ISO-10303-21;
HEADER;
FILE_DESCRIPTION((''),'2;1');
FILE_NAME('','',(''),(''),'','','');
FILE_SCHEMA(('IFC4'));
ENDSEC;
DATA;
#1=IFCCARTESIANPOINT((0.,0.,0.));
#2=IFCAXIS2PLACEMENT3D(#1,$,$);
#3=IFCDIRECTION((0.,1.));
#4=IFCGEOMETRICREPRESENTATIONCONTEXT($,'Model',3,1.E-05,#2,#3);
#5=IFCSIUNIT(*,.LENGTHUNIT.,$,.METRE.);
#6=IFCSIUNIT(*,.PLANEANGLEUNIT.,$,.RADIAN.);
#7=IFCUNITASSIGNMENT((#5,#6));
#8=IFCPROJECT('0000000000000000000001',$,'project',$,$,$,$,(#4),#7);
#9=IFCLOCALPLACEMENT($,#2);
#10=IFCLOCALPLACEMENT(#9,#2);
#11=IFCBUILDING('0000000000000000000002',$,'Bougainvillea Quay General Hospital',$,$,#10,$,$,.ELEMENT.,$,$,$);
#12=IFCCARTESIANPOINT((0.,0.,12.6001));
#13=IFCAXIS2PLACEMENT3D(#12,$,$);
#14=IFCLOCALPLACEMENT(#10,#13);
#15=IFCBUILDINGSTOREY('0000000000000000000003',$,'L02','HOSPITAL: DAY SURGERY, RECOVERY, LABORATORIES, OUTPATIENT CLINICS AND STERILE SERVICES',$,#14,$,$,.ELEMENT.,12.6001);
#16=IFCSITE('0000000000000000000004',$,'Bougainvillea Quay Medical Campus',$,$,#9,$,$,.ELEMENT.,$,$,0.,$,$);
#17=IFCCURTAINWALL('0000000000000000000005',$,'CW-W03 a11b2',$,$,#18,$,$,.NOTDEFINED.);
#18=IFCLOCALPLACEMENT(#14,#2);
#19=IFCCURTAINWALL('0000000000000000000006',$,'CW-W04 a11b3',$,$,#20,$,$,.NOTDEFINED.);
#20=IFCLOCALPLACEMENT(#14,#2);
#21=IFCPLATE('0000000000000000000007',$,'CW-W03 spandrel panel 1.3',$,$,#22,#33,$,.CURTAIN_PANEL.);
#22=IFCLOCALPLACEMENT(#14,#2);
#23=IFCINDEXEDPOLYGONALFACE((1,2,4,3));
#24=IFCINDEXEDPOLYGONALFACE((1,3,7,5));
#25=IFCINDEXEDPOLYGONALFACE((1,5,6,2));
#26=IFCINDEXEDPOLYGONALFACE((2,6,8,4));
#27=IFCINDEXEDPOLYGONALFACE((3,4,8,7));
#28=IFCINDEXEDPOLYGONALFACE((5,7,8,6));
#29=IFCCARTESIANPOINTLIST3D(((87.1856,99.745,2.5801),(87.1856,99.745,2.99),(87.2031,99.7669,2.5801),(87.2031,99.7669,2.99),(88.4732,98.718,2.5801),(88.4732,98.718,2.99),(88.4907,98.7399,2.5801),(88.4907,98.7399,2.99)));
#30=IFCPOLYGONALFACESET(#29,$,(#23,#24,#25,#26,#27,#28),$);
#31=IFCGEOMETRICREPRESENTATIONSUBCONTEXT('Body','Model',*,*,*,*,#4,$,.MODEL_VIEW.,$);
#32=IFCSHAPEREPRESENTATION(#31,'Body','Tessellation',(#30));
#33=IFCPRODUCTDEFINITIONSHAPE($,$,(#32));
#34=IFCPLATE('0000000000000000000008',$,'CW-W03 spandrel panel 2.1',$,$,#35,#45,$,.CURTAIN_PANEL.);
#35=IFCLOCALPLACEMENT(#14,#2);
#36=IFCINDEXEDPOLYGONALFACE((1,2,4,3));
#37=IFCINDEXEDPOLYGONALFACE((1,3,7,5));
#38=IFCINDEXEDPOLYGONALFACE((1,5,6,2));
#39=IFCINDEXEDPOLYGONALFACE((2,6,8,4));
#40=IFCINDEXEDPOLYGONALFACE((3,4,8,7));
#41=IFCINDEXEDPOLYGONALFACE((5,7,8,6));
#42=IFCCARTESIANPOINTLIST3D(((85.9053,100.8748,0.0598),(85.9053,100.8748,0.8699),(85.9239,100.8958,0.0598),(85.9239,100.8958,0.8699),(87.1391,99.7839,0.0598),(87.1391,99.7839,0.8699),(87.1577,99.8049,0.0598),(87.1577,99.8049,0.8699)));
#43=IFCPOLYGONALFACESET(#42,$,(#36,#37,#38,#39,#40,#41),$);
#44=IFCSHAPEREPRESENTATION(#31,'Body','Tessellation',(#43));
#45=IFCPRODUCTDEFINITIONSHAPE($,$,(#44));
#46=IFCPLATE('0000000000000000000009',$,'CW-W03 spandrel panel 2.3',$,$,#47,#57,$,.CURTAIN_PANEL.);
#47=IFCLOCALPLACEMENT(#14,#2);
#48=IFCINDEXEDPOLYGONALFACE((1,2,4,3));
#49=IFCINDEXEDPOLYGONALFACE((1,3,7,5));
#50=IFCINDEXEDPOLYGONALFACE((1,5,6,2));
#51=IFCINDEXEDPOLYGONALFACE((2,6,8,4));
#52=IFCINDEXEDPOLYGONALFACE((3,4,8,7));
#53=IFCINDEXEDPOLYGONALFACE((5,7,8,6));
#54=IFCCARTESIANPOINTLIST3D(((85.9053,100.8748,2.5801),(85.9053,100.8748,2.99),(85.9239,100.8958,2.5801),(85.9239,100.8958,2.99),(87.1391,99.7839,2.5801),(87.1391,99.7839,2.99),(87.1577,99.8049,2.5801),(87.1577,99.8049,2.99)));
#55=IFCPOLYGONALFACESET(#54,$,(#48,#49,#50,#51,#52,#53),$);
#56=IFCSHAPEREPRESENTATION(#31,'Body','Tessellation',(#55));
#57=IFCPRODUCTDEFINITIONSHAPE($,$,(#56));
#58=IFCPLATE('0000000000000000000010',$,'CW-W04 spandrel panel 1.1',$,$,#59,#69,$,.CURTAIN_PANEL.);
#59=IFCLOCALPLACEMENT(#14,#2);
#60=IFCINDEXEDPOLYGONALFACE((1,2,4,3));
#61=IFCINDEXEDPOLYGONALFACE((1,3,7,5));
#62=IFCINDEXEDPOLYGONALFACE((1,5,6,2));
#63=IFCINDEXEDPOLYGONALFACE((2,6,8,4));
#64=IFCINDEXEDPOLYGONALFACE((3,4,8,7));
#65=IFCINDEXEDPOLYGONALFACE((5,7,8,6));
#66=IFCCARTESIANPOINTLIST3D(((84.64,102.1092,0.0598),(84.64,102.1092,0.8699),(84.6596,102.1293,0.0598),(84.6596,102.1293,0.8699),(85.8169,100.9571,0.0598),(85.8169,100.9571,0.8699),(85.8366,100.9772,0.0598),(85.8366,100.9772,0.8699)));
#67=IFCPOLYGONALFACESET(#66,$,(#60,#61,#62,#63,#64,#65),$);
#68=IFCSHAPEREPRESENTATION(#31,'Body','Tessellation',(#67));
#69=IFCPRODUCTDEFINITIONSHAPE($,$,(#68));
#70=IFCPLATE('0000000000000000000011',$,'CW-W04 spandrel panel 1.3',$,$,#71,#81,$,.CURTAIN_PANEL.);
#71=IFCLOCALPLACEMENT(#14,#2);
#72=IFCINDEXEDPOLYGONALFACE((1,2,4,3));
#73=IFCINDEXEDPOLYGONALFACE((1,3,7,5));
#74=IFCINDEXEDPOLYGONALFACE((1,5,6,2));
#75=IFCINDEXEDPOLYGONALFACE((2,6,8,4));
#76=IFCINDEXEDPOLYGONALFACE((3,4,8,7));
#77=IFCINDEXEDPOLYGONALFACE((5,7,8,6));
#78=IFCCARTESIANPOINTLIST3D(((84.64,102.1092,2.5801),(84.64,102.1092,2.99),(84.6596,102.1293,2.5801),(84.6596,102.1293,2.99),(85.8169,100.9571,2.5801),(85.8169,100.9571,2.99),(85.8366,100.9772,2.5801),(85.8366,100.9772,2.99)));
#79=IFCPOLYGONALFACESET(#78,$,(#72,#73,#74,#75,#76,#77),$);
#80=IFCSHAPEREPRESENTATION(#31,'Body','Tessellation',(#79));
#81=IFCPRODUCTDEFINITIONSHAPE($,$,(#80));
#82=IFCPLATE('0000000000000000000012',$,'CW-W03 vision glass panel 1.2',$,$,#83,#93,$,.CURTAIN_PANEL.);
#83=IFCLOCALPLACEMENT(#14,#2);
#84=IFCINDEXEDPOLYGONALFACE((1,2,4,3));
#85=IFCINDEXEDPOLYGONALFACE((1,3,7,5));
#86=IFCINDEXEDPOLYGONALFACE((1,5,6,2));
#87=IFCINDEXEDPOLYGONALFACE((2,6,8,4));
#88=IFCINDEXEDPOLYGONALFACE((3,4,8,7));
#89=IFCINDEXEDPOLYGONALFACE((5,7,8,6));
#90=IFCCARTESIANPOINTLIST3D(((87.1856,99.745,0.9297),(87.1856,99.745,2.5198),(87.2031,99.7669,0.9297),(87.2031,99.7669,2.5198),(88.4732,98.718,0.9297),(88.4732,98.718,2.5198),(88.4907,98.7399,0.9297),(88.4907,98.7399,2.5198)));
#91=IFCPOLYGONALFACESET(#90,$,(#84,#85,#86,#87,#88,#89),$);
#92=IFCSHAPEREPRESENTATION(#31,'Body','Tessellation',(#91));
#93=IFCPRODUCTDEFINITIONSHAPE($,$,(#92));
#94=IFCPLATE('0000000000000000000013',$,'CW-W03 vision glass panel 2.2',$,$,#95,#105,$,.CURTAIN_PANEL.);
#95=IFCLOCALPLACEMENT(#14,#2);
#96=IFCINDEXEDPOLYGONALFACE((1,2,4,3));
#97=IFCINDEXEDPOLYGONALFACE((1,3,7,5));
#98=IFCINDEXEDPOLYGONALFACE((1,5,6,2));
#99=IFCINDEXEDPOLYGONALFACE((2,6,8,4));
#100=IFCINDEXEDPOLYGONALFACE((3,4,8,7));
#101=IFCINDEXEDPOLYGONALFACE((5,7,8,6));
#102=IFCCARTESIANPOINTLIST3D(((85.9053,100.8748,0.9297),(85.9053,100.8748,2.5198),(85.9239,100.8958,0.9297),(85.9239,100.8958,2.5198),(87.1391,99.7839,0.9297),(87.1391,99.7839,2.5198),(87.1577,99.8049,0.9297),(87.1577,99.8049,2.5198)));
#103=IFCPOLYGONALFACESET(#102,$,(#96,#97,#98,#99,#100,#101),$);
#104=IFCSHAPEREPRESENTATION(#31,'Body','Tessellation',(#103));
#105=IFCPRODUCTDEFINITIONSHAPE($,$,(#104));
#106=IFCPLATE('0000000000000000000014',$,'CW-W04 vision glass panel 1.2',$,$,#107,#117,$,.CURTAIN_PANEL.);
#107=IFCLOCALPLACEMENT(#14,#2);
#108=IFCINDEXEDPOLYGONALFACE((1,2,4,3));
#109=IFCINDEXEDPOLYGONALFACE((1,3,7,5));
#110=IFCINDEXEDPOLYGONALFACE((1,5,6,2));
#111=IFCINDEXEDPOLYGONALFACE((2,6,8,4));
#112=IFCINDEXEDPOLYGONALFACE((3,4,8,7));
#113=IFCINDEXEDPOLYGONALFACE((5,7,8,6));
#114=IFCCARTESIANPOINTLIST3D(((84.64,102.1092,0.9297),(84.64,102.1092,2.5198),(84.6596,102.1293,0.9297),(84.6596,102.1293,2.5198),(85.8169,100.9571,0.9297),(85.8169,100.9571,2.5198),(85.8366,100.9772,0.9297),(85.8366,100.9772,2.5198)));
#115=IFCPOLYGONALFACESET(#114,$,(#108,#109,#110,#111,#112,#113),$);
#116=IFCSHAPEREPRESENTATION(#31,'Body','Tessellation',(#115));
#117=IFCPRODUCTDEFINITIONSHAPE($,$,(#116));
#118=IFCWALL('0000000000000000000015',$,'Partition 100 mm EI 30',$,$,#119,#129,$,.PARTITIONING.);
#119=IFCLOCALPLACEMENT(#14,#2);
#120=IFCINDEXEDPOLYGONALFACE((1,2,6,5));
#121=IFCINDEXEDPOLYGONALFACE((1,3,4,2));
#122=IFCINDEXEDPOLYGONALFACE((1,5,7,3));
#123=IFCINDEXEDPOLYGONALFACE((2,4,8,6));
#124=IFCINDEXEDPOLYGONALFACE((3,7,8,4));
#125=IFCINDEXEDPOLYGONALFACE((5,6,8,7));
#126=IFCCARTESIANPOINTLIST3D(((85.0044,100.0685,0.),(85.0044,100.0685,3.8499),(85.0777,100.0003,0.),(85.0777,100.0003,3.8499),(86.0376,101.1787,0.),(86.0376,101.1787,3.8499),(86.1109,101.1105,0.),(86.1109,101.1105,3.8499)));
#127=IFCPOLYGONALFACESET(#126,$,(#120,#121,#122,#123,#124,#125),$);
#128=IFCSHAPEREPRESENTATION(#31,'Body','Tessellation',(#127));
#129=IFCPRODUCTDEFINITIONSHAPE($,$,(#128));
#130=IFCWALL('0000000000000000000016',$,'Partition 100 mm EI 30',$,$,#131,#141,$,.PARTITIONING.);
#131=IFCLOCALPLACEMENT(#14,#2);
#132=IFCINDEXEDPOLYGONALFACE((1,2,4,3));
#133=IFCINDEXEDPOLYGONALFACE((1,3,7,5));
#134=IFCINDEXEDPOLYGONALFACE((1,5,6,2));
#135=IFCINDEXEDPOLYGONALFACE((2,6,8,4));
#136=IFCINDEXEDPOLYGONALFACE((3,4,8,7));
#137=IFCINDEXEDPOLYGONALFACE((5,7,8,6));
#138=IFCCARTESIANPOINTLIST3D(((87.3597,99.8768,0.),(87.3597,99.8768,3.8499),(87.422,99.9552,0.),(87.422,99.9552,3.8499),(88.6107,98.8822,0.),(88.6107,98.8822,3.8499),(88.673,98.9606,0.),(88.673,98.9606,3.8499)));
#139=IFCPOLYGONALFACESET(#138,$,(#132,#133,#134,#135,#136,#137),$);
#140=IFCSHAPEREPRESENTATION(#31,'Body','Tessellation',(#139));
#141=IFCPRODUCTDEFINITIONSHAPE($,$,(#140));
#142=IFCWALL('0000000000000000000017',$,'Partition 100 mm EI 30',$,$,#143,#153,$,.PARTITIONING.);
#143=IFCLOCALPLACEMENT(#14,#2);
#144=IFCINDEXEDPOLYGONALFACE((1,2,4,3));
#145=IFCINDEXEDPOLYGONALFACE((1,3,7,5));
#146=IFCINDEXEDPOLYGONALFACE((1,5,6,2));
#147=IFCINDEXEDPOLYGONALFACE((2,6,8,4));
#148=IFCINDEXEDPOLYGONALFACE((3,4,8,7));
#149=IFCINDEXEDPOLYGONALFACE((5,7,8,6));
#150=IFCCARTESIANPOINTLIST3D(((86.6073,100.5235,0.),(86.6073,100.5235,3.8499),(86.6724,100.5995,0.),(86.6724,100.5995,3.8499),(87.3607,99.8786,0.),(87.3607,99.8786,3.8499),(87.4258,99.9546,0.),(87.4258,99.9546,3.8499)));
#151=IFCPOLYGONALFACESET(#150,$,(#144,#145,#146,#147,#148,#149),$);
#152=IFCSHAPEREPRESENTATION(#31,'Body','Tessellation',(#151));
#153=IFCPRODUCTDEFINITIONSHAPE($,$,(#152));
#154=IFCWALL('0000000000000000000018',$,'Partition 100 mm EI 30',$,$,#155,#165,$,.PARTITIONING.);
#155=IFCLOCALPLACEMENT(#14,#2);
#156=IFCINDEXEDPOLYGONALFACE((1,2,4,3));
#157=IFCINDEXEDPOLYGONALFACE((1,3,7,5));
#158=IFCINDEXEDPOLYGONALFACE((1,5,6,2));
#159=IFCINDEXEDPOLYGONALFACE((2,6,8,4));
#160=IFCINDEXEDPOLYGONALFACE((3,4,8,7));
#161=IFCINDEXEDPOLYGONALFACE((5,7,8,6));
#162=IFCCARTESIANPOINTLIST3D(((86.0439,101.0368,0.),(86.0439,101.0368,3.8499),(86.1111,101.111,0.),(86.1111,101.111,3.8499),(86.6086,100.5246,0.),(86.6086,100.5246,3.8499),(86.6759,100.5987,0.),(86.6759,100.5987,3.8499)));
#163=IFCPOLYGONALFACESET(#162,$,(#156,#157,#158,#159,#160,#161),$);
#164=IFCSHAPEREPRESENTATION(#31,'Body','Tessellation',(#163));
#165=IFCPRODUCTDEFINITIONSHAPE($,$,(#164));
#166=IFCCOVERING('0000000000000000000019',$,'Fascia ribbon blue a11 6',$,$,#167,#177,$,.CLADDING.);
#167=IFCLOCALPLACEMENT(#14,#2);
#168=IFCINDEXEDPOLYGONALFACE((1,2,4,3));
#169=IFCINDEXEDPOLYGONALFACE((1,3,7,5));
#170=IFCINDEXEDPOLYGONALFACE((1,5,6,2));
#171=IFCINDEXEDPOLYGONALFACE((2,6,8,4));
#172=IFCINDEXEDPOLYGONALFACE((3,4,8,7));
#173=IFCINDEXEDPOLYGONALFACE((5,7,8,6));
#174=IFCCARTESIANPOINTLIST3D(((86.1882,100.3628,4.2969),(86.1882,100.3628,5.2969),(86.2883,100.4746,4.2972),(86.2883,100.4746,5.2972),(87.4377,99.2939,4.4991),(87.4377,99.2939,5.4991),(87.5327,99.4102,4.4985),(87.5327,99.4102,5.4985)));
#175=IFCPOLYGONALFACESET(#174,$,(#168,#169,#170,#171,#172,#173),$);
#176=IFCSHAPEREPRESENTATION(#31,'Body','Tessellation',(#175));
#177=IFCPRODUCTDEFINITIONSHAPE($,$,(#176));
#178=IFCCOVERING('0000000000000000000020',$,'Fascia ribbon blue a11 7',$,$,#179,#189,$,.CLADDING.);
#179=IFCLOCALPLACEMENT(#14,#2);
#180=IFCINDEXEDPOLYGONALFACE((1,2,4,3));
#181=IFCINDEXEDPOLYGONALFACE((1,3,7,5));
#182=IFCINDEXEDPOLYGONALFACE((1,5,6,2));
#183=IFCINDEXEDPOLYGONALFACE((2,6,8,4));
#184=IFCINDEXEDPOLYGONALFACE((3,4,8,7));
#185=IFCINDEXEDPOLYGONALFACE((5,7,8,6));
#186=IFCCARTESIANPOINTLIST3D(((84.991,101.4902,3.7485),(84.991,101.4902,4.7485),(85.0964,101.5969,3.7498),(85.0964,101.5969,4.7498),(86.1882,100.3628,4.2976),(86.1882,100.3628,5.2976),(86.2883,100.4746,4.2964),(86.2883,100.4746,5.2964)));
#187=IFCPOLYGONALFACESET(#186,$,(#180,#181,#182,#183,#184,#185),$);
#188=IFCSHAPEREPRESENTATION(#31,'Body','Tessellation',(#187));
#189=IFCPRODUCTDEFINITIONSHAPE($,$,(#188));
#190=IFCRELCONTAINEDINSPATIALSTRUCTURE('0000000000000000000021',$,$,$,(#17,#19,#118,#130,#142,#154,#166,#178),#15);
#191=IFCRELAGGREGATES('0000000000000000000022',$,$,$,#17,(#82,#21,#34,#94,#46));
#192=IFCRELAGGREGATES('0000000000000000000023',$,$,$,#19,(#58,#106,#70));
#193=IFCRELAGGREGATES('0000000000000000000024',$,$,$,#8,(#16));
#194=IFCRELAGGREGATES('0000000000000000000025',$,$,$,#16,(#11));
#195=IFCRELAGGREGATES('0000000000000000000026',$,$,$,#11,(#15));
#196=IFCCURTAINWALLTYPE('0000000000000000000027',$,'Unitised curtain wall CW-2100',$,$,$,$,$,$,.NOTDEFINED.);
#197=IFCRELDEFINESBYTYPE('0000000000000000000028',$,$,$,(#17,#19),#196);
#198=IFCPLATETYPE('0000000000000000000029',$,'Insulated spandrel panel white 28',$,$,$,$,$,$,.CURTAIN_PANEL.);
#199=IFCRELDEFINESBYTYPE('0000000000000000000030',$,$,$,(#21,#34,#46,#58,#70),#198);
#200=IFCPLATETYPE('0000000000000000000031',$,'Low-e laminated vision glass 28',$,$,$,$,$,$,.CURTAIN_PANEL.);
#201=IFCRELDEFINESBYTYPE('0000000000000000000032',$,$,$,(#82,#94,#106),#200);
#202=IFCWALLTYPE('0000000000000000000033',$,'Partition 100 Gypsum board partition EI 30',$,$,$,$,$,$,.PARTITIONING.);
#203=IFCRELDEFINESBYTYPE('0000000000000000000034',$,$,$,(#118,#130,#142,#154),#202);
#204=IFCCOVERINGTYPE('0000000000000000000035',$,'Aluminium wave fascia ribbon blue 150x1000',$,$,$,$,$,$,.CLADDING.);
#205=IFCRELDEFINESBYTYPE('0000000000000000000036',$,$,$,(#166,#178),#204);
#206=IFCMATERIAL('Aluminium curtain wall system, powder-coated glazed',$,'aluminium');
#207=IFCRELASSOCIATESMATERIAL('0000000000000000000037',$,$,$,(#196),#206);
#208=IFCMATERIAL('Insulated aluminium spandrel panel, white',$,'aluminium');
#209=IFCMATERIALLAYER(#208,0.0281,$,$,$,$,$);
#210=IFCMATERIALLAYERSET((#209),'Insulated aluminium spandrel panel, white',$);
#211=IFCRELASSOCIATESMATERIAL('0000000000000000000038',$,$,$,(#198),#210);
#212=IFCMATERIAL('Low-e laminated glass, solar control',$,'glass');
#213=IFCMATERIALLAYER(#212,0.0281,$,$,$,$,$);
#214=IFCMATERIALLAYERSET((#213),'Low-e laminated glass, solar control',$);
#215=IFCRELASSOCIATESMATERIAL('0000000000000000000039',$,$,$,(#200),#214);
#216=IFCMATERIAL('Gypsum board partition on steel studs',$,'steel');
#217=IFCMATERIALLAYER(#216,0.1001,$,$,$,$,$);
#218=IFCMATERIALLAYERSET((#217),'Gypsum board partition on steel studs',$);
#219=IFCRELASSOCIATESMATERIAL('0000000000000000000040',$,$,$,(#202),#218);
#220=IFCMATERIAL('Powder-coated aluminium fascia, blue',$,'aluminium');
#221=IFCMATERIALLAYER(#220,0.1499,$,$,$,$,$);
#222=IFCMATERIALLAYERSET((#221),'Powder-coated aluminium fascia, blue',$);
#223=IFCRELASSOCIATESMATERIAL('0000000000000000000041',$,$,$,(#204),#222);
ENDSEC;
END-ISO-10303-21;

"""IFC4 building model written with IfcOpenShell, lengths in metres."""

from ifc_helpers import new_model, si_unit, direction, frame, frame_2d, origin, origin_2d, place, context, subcontext, project, spatial, polyline, rectangle, outline, extrude, material, layer, layer_set, type_object, element, aggregate, save


model = new_model("IFC4")

# Units and contexts
model_context = context("Model", 3, precision=1e-05, world=origin(), true_north=direction((0.0, 1.0)))
body_context = subcontext(model_context, "Body", "Model", "MODEL_VIEW")
ifc_project = project(units=[si_unit("LENGTHUNIT", "METRE"), si_unit("PLANEANGLEUNIT", "RADIAN")], contexts=[model_context])

# Site, building, storey
site_placement = place(None, origin())
site = spatial("IfcSite", under=ifc_project, at=site_placement, Name="Bougainvillea Quay Medical Campus", CompositionType="ELEMENT", RefElevation=0.0)
building_placement = place(site_placement, origin())
building = spatial("IfcBuilding", under=site, at=building_placement, Name="Bougainvillea Quay General Hospital", CompositionType="ELEMENT")
storey_placement = place(building_placement, frame((0.0, 0.0, 12.6001)))
storey = spatial("IfcBuildingStorey", under=building, at=storey_placement, Name="L02", Description="HOSPITAL: DAY SURGERY, RECOVERY, LABORATORIES, OUTPATIENT CLINICS AND STERILE SERVICES", CompositionType="ELEMENT", Elevation=12.6001)

# Curtain walls
ifc_material_1 = material(Name="Aluminium curtain wall system, powder-coated glazed", Category="aluminium")
curtain_wall_type = type_object("IfcCurtainWallType", Name="Unitised curtain wall CW-2100", PredefinedType="NOTDEFINED", material=ifc_material_1)
curtain_wall_1_placement = place(storey_placement, origin())
curtain_wall_1 = element("IfcCurtainWall", 1, at=curtain_wall_1_placement, inside=storey, type_object=curtain_wall_type, Name="CW-W03 a11b2", PredefinedType="NOTDEFINED")
curtain_wall_2_placement = place(storey_placement, origin())
curtain_wall_2 = element("IfcCurtainWall", 2, at=curtain_wall_2_placement, inside=storey, type_object=curtain_wall_type, Name="CW-W04 a11b3", PredefinedType="NOTDEFINED")

# Plates
ifc_material_2 = material(Name="Insulated aluminium spandrel panel, white", Category="aluminium")
ifc_layer_1 = layer(ifc_material_2, 0.0281)
ifc_layer_set_1 = layer_set([ifc_layer_1], Name="Insulated aluminium spandrel panel, white")
plate_type_1 = type_object("IfcPlateType", Name="Insulated spandrel panel white 28", PredefinedType="CURTAIN_PANEL", material=ifc_layer_set_1)
plate_1_placement = place(storey_placement, frame((87.8381, 99.2424, 2.5801), z_axis=(0.0, 0.0, 1.0), x_axis=(-0.781771, 0.623566, 0.0)))
plate_1 = element("IfcPlate", 3, at=plate_1_placement, type_object=plate_type_1, Name="CW-W03 spandrel panel 1.3", PredefinedType="CURTAIN_PANEL", context=body_context, shape_type="SweptSolid", body=[
    extrude(rectangle(XDim=1.647, YDim=0.0281, at=origin_2d()), origin(), (0.0, 0.0, 1.0), 0.4099),
])
plate_2_placement = place(storey_placement, frame((86.5315, 100.3398, 0.0598), z_axis=(0.0, 0.0, 1.0), x_axis=(-0.749152, 0.662398, 0.0)))
plate_2 = element("IfcPlate", 4, at=plate_2_placement, type_object=plate_type_1, Name="CW-W03 spandrel panel 2.1", PredefinedType="CURTAIN_PANEL", context=body_context, shape_type="SweptSolid", body=[
    extrude(rectangle(XDim=1.647, YDim=0.0281, at=origin_2d()), origin(), (0.0, 0.0, 1.0), 0.8101),
])
plate_3_placement = place(storey_placement, frame((86.5315, 100.3398, 2.5801), z_axis=(0.0, 0.0, 1.0), x_axis=(-0.749152, 0.662398, 0.0)))
plate_3 = element("IfcPlate", 5, at=plate_3_placement, type_object=plate_type_1, Name="CW-W03 spandrel panel 2.3", PredefinedType="CURTAIN_PANEL", context=body_context, shape_type="SweptSolid", body=[
    extrude(rectangle(XDim=1.647, YDim=0.0281, at=origin_2d()), origin(), (0.0, 0.0, 1.0), 0.4099),
])
plate_4_placement = place(storey_placement, frame((85.2383, 101.5432, 0.0598), z_axis=(0.0, 0.0, 1.0), x_axis=(-0.714607, 0.699526, 0.0)))
plate_4 = element("IfcPlate", 6, at=plate_4_placement, type_object=plate_type_1, Name="CW-W04 spandrel panel 1.1", PredefinedType="CURTAIN_PANEL", context=body_context, shape_type="SweptSolid", body=[
    extrude(rectangle(XDim=1.647, YDim=0.0281, at=origin_2d()), origin(), (0.0, 0.0, 1.0), 0.8101),
])
plate_5_placement = place(storey_placement, frame((85.2383, 101.5432, 2.5801), z_axis=(0.0, 0.0, 1.0), x_axis=(-0.714607, 0.699526, 0.0)))
plate_5 = element("IfcPlate", 7, at=plate_5_placement, type_object=plate_type_1, Name="CW-W04 spandrel panel 1.3", PredefinedType="CURTAIN_PANEL", context=body_context, shape_type="SweptSolid", body=[
    extrude(rectangle(XDim=1.647, YDim=0.0281, at=origin_2d()), origin(), (0.0, 0.0, 1.0), 0.4099),
])
ifc_material_3 = material(Name="Low-e laminated glass, solar control", Category="glass")
ifc_layer_2 = layer(ifc_material_3, 0.0281)
ifc_layer_set_2 = layer_set([ifc_layer_2], Name="Low-e laminated glass, solar control")
plate_type_2 = type_object("IfcPlateType", Name="Low-e laminated vision glass 28", PredefinedType="CURTAIN_PANEL", material=ifc_layer_set_2)
plate_6_placement = place(storey_placement, frame((87.8381, 99.2424, 0.9297), z_axis=(0.0, 0.0, 1.0), x_axis=(-0.781771, 0.623566, 0.0)))
plate_6 = element("IfcPlate", 8, at=plate_6_placement, type_object=plate_type_2, Name="CW-W03 vision glass panel 1.2", PredefinedType="CURTAIN_PANEL", context=body_context, shape_type="SweptSolid", body=[
    extrude(rectangle(XDim=1.647, YDim=0.0281, at=origin_2d()), origin(), (0.0, 0.0, 1.0), 1.5901),
])
plate_7_placement = place(storey_placement, frame((86.5315, 100.3398, 0.9297), z_axis=(0.0, 0.0, 1.0), x_axis=(-0.749152, 0.662398, 0.0)))
plate_7 = element("IfcPlate", 9, at=plate_7_placement, type_object=plate_type_2, Name="CW-W03 vision glass panel 2.2", PredefinedType="CURTAIN_PANEL", context=body_context, shape_type="SweptSolid", body=[
    extrude(rectangle(XDim=1.647, YDim=0.0281, at=origin_2d()), origin(), (0.0, 0.0, 1.0), 1.5901),
])
aggregate(curtain_wall_1, [plate_6, plate_1, plate_2, plate_7, plate_3])
plate_8_placement = place(storey_placement, frame((85.2383, 101.5432, 0.9297), z_axis=(0.0, 0.0, 1.0), x_axis=(-0.714607, 0.699526, 0.0)))
plate_8 = element("IfcPlate", 10, at=plate_8_placement, type_object=plate_type_2, Name="CW-W04 vision glass panel 1.2", PredefinedType="CURTAIN_PANEL", context=body_context, shape_type="SweptSolid", body=[
    extrude(rectangle(XDim=1.647, YDim=0.0281, at=origin_2d()), origin(), (0.0, 0.0, 1.0), 1.5901),
])
aggregate(curtain_wall_2, [plate_4, plate_8, plate_5])

# Walls
ifc_material_4 = material(Name="Gypsum board partition on steel studs", Category="steel")
ifc_layer_3 = layer(ifc_material_4, 0.1001)
ifc_layer_set_3 = layer_set([ifc_layer_3], Name="Gypsum board partition on steel studs")
wall_type = type_object("IfcWallType", Name="Partition 100 Gypsum board partition EI 30", PredefinedType="PARTITIONING", material=ifc_layer_set_3)
wall_1_placement = place(storey_placement, frame((85.041, 100.0344, 0.0), z_axis=(0.0, 0.0, 1.0), x_axis=(0.681297, 0.732007, 0.0)))
element("IfcWall", 11, at=wall_1_placement, inside=storey, type_object=wall_type, Name="Partition 100 mm EI 30", PredefinedType="PARTITIONING", context=body_context, shape_type="SweptSolid", body=[
    extrude(rectangle(XDim=1.5166, YDim=0.1001, at=frame_2d((0.7583, 0.0))), origin(), (0.0, 0.0, 1.0), 3.8499),
])
wall_2_placement = place(storey_placement, frame((87.3909, 99.916, 0.0), z_axis=(0.0, 0.0, 1.0), x_axis=(0.782743, -0.622345, 0.0)))
element("IfcWall", 12, at=wall_2_placement, inside=storey, type_object=wall_type, Name="Partition 100 mm EI 30", PredefinedType="PARTITIONING", context=body_context, shape_type="SweptSolid", body=[
    extrude(rectangle(XDim=1.5981, YDim=0.1001, at=frame_2d((0.7991, 0.0))), origin(), (0.0, 0.0, 1.0), 3.8499),
])
wall_3_placement = place(storey_placement, frame((86.6399, 100.5615, 0.0), z_axis=(0.0, 0.0, 1.0), x_axis=(0.759639, -0.650345, 0.0)))
element("IfcWall", 13, at=wall_3_placement, inside=storey, type_object=wall_type, Name="Partition 100 mm EI 30", PredefinedType="PARTITIONING", context=body_context, shape_type="SweptSolid", body=[
    extrude(rectangle(XDim=0.9917, YDim=0.1001, at=frame_2d((0.4958, 0.0))), origin(), (0.0, 0.0, 1.0), 3.8499),
])
wall_4_placement = place(storey_placement, frame((86.0774, 101.074, 0.0), z_axis=(0.0, 0.0, 1.0), x_axis=(0.740693, -0.671844, 0.0)))
element("IfcWall", 14, at=wall_4_placement, inside=storey, type_object=wall_type, Name="Partition 100 mm EI 30", PredefinedType="PARTITIONING", context=body_context, shape_type="SweptSolid", body=[
    extrude(rectangle(XDim=0.7625, YDim=0.1001, at=frame_2d((0.3813, 0.0))), origin(), (0.0, 0.0, 1.0), 3.8499),
])

# Coverings
ifc_material_5 = material(Name="Powder-coated aluminium fascia, blue", Category="aluminium")
ifc_layer_4 = layer(ifc_material_5, 0.1499)
ifc_layer_set_4 = layer_set([ifc_layer_4], Name="Powder-coated aluminium fascia, blue")
covering_type = type_object("IfcCoveringType", Name="Aluminium wave fascia ribbon blue 150x1000", PredefinedType="CLADDING", material=ifc_layer_set_4)
covering_1_placement = place(storey_placement, frame((87.5327, 99.4102, 4.4985), z_axis=(-0.092219, 0.079952, 0.992524), x_axis=(-0.754228, 0.64517, -0.12205)))
element("IfcCovering", 15, at=covering_1_placement, inside=storey, type_object=covering_type, Name="Fascia ribbon blue a11 6", PredefinedType="CLADDING", context=body_context, shape_type="SweptSolid", body=[
    extrude(outline(polyline([(0.0, 0.0), (1.6499, 0.0), (1.6533, 0.15), (-0.0034, 0.15), (0.0, 0.0)])), origin(), (-0.12205, 0.000805, 0.992524), 1.0),
])
covering_2_placement = place(storey_placement, frame((86.2883, 100.4746, 4.2964), z_axis=(-0.230665, 0.217005, 0.948527), x_axis=(-0.690563, 0.65025, -0.316698)))
element("IfcCovering", 16, at=covering_2_placement, inside=storey, type_object=covering_type, Name="Fascia ribbon blue a11 7", PredefinedType="CLADDING", context=body_context, shape_type="SweptSolid", body=[
    extrude(outline(polyline([(0.0, 0.0), (1.726, 0.0), (1.7298, 0.15), (-0.004, 0.15), (0.0, 0.0)])), origin(), (-0.316698, -0.000134, 0.948527), 1.0),
])

save(model, "model.ifc")
